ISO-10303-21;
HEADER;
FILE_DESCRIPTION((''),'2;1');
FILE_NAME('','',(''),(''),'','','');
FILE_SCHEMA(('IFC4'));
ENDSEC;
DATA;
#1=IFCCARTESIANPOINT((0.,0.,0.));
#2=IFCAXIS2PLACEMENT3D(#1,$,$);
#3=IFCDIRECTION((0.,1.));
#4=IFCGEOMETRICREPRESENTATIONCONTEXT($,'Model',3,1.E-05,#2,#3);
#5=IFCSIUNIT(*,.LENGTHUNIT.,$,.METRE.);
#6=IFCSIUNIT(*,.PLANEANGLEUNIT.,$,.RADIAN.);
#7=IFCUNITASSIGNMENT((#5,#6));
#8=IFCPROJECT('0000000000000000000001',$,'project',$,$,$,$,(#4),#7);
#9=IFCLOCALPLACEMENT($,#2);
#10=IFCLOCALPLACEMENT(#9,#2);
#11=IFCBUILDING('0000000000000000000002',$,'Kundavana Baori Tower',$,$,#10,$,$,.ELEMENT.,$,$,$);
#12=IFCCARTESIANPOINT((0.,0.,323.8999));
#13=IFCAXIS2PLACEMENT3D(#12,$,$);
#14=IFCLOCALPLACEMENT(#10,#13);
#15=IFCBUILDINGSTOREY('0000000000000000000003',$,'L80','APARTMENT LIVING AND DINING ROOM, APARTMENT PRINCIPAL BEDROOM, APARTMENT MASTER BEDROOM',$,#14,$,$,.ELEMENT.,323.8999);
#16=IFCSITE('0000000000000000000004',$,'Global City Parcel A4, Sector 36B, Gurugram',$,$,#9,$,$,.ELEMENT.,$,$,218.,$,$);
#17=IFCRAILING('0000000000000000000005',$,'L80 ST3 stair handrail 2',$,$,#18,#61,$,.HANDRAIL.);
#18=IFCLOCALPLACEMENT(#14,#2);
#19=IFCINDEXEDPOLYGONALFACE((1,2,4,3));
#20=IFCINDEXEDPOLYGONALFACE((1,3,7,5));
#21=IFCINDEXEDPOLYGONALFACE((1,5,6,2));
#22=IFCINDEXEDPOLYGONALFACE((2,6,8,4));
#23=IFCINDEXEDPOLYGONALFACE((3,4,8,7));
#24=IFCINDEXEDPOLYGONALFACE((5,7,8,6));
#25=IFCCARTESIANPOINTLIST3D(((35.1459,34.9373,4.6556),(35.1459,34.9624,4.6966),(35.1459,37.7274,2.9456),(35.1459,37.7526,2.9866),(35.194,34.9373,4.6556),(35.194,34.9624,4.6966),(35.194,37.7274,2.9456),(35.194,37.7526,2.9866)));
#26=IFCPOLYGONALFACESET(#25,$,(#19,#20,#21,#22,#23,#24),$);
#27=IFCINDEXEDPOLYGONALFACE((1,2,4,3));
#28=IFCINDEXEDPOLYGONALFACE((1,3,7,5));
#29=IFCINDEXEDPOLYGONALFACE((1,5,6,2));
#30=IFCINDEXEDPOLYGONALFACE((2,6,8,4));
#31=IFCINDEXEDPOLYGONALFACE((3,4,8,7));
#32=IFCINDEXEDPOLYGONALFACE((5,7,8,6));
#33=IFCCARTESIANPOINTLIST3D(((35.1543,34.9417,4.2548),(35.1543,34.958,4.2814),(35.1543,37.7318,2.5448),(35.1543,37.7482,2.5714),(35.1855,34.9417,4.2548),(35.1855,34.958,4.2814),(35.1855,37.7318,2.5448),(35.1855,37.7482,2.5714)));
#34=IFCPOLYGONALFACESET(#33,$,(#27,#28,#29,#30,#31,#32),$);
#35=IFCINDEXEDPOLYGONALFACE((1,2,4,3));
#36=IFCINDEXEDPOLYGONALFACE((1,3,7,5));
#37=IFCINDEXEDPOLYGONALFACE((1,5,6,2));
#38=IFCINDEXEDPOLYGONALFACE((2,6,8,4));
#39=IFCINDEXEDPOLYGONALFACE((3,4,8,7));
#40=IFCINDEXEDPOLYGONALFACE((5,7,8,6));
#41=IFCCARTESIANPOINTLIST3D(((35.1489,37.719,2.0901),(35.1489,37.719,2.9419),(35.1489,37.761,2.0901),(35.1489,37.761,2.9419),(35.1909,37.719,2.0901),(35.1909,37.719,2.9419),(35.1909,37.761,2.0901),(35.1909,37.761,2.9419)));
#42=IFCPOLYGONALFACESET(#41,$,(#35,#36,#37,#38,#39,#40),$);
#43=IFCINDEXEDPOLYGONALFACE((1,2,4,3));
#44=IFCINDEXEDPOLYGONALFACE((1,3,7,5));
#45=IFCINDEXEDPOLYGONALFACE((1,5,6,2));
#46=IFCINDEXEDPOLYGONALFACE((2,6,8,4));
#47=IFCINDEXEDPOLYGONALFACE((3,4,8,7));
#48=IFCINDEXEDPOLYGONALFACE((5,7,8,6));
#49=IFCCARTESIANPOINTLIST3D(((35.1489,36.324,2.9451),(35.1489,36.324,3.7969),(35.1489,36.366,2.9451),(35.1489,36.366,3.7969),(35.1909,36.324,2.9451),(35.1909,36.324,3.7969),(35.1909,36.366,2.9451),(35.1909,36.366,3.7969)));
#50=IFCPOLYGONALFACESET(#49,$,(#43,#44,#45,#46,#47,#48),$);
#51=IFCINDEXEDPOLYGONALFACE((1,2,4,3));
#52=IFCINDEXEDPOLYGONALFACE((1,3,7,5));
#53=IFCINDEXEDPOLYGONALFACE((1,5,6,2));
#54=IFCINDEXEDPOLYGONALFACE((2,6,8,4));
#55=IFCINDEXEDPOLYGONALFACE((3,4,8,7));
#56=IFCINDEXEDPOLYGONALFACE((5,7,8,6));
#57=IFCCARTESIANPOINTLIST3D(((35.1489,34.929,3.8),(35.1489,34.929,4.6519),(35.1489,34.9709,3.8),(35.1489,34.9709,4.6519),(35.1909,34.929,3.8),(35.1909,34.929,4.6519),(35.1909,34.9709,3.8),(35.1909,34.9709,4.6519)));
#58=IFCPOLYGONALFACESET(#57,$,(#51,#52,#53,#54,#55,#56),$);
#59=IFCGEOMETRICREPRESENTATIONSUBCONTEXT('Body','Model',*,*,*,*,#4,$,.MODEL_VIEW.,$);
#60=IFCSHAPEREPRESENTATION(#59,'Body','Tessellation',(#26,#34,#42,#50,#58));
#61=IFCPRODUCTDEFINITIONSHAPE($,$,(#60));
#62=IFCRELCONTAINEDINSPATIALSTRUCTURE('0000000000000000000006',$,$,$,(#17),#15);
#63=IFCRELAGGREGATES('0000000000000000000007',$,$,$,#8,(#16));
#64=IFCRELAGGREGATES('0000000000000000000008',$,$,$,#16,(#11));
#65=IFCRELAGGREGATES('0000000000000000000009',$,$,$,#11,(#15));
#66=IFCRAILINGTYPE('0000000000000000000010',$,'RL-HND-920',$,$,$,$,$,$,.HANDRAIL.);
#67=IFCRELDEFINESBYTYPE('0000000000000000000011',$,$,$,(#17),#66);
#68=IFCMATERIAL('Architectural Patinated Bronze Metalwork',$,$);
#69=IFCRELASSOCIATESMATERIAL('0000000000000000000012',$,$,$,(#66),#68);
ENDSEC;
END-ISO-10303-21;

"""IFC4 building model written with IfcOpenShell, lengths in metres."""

from ifc_helpers import new_model, si_unit, direction, frame, origin, origin_2d, place, context, subcontext, project, spatial, rectangle, extrude, material, type_object, element, save


model = new_model("IFC4")

# Units and contexts
model_context = context("Model", 3, precision=1e-05, world=origin(), true_north=direction((0.0, 1.0)))
body_context = subcontext(model_context, "Body", "Model", "MODEL_VIEW")
ifc_project = project(units=[si_unit("LENGTHUNIT", "METRE"), si_unit("PLANEANGLEUNIT", "RADIAN")], contexts=[model_context])

# Site, building, storey
site_placement = place(None, origin())
site = spatial("IfcSite", under=ifc_project, at=site_placement, Name="Global City Parcel A4, Sector 36B, Gurugram", CompositionType="ELEMENT", RefElevation=218.0)
building_placement = place(site_placement, origin())
building = spatial("IfcBuilding", under=site, at=building_placement, Name="Kundavana Baori Tower", CompositionType="ELEMENT")
storey_placement = place(building_placement, frame((0.0, 0.0, 323.8999)))
storey = spatial("IfcBuildingStorey", under=building, at=storey_placement, Name="L80", Description="APARTMENT LIVING AND DINING ROOM, APARTMENT PRINCIPAL BEDROOM, APARTMENT MASTER BEDROOM", CompositionType="ELEMENT", Elevation=323.8999)

# Railing
ifc_material_1 = material(Name="Architectural Patinated Bronze Metalwork")
railing_type_1 = type_object("IfcRailingType", Name="RL-HND-920", PredefinedType="HANDRAIL", material=ifc_material_1)
railing_1_placement = place(storey_placement, frame((35.1699, 37.74, 2.0901)))
element("IfcRailing", 1, at=railing_1_placement, inside=storey, type_object=railing_type_1, Name="L80 ST3 stair handrail 2", PredefinedType="HANDRAIL", context=body_context, shape_type="SweptSolid", body=[
    extrude(rectangle(XDim=0.0481, YDim=0.0481, at=origin_2d()), frame((0.0, 0.0, 0.876), z_axis=(0.0, -0.85261, 0.522548), x_axis=(1.0, 0.0, 0.0)), (0.0, 0.0, 1.0), 3.2725),
    extrude(rectangle(XDim=0.0312, YDim=0.0312, at=origin_2d()), frame((0.0, 0.0, 0.468), z_axis=(0.0, -0.85261, 0.522548), x_axis=(1.0, 0.0, 0.0)), (0.0, 0.0, 1.0), 3.2725),
    extrude(rectangle(XDim=0.042, YDim=0.042, at=origin_2d()), origin(), (0.0, 0.0, 1.0), 0.8518),
    extrude(rectangle(XDim=0.042, YDim=0.042, at=origin_2d()), frame((0.0, -1.395, 0.855)), (0.0, 0.0, 1.0), 0.8518),
    extrude(rectangle(XDim=0.042, YDim=0.042, at=origin_2d()), frame((0.0, -2.79, 1.71)), (0.0, 0.0, 1.0), 0.8518),
])

save(model, "model.ifc")
